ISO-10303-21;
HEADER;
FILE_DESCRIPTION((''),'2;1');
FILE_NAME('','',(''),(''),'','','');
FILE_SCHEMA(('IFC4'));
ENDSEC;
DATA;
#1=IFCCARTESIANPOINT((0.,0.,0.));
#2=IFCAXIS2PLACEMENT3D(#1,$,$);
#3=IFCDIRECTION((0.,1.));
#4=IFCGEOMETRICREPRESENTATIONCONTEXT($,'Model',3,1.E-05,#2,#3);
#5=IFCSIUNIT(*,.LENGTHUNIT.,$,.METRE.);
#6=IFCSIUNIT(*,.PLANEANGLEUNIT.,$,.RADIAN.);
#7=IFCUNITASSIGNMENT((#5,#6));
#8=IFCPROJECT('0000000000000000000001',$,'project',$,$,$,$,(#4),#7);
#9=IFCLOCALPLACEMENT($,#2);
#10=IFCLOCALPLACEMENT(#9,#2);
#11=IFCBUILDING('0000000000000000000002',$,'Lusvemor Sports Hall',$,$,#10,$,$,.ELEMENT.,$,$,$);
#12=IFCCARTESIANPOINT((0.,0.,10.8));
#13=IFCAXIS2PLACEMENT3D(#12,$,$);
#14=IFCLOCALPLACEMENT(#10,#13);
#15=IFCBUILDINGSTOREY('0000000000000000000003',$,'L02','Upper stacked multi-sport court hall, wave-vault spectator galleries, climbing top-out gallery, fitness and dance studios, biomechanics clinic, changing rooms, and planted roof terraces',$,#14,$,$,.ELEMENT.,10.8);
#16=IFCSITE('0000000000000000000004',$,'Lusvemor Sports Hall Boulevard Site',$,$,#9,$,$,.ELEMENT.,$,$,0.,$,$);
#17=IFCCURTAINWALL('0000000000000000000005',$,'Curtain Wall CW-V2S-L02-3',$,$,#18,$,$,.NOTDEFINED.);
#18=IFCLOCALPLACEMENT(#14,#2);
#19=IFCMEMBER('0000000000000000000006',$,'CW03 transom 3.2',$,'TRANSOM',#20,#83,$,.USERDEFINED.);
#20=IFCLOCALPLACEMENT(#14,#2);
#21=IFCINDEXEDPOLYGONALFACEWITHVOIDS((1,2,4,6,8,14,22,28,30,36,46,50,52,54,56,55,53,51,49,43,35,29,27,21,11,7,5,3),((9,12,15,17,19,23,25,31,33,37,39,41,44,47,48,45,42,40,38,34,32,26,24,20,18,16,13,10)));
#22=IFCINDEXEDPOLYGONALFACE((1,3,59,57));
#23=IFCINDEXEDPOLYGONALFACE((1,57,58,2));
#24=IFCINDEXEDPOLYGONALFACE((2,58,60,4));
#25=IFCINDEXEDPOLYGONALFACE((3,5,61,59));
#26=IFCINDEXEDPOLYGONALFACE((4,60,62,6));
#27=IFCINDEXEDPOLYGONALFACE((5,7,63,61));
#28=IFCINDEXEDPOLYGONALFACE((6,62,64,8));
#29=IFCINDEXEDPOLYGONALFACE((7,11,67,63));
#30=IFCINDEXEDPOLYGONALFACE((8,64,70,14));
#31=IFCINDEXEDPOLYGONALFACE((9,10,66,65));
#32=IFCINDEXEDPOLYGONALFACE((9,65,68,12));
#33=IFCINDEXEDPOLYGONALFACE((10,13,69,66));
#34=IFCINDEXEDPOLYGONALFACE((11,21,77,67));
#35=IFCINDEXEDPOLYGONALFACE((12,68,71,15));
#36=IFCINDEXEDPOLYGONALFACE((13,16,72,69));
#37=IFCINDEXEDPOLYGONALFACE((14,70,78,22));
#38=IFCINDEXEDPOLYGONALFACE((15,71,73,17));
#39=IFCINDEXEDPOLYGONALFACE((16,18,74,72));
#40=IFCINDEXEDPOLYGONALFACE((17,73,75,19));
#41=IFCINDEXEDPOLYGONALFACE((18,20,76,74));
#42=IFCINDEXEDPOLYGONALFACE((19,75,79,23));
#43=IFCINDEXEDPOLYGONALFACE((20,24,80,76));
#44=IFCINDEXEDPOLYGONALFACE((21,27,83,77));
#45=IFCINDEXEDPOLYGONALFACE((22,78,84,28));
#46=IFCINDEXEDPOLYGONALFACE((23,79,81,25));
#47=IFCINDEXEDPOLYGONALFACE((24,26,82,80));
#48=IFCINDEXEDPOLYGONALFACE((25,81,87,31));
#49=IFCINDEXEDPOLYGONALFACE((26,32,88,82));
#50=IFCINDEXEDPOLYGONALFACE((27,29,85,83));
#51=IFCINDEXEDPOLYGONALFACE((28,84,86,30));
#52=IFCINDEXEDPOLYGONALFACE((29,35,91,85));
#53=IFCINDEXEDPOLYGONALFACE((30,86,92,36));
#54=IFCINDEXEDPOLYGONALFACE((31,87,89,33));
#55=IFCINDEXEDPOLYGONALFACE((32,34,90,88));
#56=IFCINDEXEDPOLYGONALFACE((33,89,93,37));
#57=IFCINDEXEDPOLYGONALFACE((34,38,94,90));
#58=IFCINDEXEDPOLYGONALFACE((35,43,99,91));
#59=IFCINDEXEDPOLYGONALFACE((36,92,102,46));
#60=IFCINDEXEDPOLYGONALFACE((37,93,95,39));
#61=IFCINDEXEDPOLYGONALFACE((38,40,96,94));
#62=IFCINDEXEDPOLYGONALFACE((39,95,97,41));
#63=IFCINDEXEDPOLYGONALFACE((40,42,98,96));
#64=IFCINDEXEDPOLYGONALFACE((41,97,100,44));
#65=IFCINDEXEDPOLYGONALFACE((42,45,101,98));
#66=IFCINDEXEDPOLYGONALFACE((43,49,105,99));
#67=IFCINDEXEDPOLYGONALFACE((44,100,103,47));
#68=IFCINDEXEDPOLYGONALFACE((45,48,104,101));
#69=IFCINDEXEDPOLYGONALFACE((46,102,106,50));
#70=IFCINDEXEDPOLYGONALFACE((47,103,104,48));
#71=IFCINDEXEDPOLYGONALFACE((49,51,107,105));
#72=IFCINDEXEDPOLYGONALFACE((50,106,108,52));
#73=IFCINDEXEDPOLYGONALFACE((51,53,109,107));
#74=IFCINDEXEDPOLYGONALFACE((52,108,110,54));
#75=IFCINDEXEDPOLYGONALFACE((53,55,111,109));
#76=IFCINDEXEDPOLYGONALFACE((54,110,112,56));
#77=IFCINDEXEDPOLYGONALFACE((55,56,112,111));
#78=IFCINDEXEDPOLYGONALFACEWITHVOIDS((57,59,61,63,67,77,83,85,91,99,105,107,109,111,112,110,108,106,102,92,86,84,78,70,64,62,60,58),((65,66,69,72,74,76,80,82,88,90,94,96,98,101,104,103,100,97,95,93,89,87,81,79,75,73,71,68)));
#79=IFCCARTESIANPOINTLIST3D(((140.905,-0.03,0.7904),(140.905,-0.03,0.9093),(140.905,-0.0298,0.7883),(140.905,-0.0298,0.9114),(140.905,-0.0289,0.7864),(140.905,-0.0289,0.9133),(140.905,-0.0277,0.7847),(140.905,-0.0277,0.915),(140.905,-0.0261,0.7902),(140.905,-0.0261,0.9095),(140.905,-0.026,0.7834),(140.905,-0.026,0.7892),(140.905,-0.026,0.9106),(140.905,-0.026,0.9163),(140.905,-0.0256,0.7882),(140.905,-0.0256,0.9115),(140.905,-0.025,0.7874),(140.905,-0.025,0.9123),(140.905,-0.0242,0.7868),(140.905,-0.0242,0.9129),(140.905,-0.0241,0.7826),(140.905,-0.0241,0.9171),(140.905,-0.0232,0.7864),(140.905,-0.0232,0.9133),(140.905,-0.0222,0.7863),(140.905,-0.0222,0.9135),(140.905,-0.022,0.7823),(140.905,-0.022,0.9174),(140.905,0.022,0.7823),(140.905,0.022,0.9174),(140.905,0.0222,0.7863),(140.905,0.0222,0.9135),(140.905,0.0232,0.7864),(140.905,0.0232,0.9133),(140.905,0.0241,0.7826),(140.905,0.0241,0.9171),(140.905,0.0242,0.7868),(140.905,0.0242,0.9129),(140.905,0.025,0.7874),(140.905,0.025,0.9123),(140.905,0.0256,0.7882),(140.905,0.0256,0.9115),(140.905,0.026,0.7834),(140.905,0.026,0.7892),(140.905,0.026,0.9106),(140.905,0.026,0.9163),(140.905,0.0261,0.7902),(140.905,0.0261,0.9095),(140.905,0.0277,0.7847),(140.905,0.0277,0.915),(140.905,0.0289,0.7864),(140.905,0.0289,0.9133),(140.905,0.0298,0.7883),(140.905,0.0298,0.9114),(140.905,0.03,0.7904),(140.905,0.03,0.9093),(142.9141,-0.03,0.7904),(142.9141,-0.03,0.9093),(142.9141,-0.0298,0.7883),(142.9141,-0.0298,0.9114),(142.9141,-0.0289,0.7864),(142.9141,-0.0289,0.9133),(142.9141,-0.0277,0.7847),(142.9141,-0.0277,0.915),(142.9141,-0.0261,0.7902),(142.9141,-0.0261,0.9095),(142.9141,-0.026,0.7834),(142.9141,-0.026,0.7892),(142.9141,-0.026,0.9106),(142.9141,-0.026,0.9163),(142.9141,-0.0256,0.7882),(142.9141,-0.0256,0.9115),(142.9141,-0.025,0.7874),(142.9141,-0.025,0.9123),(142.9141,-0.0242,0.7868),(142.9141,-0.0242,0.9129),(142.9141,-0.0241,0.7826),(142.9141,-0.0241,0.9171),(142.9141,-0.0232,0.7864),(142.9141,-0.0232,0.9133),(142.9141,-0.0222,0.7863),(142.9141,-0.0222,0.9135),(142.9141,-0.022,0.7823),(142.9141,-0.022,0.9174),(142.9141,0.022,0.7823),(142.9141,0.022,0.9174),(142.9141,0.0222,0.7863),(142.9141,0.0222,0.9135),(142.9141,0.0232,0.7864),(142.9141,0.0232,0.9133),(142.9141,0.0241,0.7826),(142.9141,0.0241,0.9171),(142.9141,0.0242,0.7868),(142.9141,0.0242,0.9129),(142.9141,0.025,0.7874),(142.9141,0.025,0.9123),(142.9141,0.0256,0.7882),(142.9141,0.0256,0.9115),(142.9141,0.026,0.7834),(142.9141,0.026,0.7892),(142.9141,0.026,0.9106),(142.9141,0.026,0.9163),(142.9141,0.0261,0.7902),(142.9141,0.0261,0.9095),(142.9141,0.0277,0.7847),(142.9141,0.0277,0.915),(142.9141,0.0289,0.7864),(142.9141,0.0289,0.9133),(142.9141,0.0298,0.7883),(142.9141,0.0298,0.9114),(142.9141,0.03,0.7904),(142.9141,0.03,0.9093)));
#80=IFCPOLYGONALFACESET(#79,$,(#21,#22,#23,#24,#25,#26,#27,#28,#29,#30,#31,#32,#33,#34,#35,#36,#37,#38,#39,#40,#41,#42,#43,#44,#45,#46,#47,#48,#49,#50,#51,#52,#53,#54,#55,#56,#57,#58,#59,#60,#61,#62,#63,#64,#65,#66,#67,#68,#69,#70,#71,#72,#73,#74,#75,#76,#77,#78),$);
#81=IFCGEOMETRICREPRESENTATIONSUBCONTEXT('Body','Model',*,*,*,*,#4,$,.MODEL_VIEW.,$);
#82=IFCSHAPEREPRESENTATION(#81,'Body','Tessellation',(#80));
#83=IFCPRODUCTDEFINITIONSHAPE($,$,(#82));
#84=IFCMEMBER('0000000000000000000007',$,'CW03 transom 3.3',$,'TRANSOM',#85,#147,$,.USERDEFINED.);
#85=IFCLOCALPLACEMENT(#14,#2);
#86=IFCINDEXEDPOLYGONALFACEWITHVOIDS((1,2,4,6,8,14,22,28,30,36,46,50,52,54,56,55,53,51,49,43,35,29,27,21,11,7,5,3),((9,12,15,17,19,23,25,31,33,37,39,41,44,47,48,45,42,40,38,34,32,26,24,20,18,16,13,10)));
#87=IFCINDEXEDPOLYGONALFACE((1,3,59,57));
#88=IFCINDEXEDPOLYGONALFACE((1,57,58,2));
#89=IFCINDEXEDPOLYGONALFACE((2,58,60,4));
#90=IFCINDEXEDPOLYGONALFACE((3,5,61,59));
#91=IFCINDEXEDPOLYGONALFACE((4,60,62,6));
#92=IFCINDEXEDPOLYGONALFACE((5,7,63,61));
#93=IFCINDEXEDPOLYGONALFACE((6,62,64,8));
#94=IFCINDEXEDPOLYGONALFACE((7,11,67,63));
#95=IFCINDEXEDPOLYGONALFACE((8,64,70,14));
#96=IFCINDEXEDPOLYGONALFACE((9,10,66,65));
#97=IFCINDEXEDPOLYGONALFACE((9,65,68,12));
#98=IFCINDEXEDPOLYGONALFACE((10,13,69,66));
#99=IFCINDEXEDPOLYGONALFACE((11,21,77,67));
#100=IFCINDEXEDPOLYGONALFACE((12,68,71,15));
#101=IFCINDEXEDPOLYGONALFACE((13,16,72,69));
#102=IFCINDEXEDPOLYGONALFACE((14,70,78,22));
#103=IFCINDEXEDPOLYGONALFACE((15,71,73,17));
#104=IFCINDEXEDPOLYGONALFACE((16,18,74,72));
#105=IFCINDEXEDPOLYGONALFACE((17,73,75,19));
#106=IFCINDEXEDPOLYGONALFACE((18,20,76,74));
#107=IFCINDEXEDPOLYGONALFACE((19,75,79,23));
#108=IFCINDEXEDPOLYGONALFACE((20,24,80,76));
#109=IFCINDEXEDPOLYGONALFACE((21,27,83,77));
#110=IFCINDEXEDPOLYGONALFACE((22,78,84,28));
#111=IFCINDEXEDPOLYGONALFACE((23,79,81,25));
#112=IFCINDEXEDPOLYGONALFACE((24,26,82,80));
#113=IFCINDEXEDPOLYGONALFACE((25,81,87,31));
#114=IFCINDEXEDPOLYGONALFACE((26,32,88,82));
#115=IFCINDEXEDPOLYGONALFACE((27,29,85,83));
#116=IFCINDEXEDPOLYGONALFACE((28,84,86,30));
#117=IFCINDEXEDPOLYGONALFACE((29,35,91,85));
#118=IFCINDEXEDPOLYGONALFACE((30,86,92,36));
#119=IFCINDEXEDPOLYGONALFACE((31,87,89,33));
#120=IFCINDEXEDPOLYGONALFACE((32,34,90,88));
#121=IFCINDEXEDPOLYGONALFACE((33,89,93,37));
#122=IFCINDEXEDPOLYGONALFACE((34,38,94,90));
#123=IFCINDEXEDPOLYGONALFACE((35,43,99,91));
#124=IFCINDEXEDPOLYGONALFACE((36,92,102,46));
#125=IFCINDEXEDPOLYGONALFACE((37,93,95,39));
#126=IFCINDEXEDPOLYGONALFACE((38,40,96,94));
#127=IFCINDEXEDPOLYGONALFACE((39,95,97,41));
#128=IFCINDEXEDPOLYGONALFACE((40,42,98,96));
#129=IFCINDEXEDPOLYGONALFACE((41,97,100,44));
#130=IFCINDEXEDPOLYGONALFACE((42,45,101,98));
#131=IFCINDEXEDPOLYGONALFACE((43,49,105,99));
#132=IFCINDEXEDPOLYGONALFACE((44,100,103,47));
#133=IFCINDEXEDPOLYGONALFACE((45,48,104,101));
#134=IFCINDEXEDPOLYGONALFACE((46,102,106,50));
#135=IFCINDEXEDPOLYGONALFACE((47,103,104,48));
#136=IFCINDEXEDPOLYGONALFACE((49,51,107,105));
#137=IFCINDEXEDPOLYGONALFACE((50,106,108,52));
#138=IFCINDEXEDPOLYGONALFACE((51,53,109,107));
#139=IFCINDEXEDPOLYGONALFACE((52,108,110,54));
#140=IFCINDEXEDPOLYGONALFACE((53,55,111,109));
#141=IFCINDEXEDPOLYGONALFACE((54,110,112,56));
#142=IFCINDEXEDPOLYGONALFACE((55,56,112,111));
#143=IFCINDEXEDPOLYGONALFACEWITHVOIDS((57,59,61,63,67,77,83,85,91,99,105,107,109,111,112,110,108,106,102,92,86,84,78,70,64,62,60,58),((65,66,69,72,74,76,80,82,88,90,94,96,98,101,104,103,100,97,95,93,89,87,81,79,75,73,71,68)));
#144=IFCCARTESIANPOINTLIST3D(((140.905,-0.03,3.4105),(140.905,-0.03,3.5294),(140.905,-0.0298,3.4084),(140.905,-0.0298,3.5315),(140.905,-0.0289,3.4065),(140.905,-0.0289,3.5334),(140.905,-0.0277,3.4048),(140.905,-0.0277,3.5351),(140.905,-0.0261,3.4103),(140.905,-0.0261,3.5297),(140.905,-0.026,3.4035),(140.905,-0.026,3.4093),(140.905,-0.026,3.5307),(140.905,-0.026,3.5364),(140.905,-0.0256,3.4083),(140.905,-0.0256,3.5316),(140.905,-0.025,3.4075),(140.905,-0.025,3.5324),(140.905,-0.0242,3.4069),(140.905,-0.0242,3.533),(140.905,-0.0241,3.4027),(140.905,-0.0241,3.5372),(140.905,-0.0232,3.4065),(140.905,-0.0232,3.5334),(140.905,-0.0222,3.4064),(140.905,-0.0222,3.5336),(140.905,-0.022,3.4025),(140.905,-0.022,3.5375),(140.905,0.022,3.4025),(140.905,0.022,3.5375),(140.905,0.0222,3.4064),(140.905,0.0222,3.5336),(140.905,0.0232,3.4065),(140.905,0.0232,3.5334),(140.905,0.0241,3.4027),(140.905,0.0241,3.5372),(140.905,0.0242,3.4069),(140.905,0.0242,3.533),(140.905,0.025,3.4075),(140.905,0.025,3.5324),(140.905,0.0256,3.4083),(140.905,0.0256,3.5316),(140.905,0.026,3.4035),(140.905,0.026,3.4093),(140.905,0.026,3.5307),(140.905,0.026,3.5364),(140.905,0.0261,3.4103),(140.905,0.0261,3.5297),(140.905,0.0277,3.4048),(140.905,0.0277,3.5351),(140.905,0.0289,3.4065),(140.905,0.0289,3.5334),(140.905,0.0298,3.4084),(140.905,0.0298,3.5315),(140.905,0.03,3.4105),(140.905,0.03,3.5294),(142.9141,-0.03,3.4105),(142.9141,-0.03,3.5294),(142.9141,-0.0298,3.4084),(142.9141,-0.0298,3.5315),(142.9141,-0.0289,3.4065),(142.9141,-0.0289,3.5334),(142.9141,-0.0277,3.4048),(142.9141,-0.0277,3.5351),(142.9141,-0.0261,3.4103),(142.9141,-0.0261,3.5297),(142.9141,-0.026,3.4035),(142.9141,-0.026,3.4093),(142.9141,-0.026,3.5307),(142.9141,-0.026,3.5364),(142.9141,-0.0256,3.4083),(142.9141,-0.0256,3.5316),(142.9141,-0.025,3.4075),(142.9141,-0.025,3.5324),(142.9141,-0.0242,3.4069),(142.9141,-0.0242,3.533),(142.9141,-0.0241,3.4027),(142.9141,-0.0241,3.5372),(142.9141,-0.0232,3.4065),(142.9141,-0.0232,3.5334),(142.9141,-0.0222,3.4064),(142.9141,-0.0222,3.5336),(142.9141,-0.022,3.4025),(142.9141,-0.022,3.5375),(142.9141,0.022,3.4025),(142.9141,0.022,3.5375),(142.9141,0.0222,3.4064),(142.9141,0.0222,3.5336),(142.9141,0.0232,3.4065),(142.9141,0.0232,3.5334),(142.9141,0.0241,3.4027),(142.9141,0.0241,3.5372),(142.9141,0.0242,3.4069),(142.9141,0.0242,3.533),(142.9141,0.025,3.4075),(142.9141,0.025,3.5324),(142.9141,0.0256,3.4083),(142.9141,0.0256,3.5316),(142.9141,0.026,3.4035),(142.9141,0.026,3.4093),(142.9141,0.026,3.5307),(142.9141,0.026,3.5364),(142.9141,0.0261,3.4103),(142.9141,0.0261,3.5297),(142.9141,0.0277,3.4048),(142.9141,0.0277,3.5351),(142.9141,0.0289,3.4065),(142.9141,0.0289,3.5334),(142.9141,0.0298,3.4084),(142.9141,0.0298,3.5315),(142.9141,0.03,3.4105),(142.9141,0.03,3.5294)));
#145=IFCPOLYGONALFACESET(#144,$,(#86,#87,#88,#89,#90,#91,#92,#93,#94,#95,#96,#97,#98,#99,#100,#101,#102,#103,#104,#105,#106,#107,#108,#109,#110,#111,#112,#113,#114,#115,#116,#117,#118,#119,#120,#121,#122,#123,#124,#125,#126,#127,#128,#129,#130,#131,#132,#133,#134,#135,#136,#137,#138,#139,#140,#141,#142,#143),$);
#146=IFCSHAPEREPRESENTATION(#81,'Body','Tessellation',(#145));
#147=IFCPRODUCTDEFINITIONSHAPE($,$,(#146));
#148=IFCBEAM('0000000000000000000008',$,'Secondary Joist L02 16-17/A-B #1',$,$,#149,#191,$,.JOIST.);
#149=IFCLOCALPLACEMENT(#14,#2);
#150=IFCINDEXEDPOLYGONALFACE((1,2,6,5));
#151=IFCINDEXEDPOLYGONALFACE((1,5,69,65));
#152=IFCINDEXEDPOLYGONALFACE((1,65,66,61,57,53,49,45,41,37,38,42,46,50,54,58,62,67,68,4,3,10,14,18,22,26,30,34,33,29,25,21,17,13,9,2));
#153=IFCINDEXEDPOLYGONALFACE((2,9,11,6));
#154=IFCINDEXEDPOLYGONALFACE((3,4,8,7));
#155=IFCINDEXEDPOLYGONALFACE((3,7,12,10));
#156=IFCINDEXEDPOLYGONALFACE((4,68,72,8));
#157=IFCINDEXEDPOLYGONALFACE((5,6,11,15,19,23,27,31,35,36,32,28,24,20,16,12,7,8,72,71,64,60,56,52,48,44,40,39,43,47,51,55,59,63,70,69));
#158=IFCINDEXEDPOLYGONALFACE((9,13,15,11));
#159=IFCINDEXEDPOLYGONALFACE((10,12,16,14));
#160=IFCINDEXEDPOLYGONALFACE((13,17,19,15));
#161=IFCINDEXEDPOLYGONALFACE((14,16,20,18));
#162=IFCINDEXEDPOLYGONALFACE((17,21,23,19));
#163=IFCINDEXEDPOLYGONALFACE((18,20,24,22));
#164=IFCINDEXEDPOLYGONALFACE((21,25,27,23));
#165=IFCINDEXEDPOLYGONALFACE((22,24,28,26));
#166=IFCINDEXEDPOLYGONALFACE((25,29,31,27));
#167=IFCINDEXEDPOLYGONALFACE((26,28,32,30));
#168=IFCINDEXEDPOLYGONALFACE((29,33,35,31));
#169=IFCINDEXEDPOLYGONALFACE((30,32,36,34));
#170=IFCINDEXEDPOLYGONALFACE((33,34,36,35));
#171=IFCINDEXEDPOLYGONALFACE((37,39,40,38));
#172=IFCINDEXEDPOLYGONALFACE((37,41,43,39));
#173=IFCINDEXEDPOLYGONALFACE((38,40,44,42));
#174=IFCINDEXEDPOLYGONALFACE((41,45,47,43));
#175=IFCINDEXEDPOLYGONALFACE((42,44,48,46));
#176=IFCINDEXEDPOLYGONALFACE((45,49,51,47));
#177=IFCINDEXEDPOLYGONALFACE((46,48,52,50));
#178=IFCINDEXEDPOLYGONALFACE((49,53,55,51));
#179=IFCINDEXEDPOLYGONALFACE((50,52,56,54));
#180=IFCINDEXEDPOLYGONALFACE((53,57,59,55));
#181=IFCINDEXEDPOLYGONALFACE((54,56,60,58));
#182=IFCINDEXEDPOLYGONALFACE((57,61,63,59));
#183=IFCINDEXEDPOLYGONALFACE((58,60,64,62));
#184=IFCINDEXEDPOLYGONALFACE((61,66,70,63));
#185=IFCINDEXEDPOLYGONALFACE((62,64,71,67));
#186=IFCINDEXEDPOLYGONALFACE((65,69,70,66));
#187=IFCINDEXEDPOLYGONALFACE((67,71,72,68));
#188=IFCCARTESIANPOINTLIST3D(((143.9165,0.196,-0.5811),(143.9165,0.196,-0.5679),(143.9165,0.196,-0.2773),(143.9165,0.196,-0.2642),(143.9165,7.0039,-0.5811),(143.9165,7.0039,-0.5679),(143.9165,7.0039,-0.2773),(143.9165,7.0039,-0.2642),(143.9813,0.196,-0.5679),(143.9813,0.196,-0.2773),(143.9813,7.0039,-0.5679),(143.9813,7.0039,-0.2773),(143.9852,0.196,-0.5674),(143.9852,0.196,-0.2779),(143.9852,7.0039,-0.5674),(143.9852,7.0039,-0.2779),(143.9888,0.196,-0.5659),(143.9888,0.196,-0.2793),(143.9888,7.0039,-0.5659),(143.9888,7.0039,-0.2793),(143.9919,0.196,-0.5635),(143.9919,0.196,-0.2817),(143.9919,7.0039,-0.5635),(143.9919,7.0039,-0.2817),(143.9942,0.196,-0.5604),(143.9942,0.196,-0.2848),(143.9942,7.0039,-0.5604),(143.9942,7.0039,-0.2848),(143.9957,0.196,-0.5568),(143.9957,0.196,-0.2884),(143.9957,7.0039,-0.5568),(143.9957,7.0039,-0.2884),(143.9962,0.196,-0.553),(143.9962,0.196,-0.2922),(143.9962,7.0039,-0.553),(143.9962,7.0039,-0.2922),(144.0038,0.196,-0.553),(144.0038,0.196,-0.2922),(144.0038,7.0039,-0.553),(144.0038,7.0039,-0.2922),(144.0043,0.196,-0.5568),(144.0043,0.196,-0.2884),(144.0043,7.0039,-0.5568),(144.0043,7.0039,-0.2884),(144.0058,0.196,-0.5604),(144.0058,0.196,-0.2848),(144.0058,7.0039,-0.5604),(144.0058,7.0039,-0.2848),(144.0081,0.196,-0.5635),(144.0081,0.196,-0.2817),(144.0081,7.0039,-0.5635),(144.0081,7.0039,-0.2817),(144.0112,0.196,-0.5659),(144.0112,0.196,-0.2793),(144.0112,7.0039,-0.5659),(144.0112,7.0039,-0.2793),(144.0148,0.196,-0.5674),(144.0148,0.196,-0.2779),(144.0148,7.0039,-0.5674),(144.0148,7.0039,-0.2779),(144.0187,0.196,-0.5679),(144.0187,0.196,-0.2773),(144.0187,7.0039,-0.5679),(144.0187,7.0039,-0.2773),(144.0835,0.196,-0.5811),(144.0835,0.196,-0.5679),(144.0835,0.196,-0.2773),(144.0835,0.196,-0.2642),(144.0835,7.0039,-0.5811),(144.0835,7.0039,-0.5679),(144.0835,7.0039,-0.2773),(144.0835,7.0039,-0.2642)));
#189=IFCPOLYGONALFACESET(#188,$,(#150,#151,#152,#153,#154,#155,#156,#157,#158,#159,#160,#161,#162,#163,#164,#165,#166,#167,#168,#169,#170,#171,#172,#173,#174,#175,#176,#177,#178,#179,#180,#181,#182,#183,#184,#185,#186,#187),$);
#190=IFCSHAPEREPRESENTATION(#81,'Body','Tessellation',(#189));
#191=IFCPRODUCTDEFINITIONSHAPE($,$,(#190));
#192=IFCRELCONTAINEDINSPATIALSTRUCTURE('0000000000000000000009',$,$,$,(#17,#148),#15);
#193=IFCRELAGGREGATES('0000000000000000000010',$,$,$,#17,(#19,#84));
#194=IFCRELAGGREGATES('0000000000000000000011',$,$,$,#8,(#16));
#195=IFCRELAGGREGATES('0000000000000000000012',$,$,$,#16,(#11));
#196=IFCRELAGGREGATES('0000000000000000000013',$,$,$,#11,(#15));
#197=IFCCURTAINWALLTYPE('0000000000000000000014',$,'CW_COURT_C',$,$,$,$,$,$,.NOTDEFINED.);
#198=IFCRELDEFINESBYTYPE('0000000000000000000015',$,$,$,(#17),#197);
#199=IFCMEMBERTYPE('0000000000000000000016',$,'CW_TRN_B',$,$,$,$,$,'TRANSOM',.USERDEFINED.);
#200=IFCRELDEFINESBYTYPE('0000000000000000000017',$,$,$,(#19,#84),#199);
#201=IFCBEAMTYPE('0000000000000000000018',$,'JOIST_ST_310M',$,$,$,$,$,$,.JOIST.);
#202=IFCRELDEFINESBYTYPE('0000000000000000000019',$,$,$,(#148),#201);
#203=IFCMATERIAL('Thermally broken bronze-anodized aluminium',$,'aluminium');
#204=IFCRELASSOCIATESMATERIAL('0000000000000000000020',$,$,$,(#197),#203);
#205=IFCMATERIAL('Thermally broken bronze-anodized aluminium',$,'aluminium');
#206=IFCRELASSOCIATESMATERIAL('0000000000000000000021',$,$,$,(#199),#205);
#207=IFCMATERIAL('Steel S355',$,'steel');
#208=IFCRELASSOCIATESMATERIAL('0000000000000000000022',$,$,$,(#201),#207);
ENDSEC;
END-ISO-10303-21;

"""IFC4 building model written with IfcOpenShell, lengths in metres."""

from ifc_helpers import new_model, si_unit, direction, frame, origin, origin_2d, place, context, subcontext, project, spatial, hollow_rectangle, i_section, extrude, material, material_profile, profile_set, type_object, element, aggregate, save


model = new_model("IFC4")

# Units and contexts
model_context = context("Model", 3, precision=1e-05, world=origin(), true_north=direction((0.0, 1.0)))
body_context = subcontext(model_context, "Body", "Model", "MODEL_VIEW")
ifc_project = project(units=[si_unit("LENGTHUNIT", "METRE"), si_unit("PLANEANGLEUNIT", "RADIAN")], contexts=[model_context])

# Site, building, storey
site_placement = place(None, origin())
site = spatial("IfcSite", under=ifc_project, at=site_placement, Name="Lusvemor Sports Hall Boulevard Site", CompositionType="ELEMENT", RefElevation=0.0)
building_placement = place(site_placement, origin())
building = spatial("IfcBuilding", under=site, at=building_placement, Name="Lusvemor Sports Hall", CompositionType="ELEMENT")
storey_placement = place(building_placement, frame((0.0, 0.0, 10.8)))
storey = spatial("IfcBuildingStorey", under=building, at=storey_placement, Name="L02", Description="Upper stacked multi-sport court hall, wave-vault spectator galleries, climbing top-out gallery, fitness and dance studios, biomechanics clinic, changing rooms, and planted roof terraces", CompositionType="ELEMENT", Elevation=10.8)

# Curtain wall, members
ifc_material_1 = material(Name="Thermally broken bronze-anodized aluminium", Category="aluminium")
curtain_wall_type = type_object("IfcCurtainWallType", Name="CW_COURT_C", PredefinedType="NOTDEFINED", material=ifc_material_1)
curtain_wall_placement = place(storey_placement, origin())
curtain_wall = element("IfcCurtainWall", 1, at=curtain_wall_placement, inside=storey, type_object=curtain_wall_type, Name="Curtain Wall CW-V2S-L02-3", PredefinedType="NOTDEFINED")
ifc_material_2 = material(Name="Thermally broken bronze-anodized aluminium", Category="aluminium")
ifc_material_profile_1 = material_profile(ifc_material_2, hollow_rectangle(XDim=0.0601, YDim=0.135, WallThickness=0.0039, InnerFilletRadius=0.0039, OuterFilletRadius=0.0081, at=origin_2d()), Name="CWTRN135x60x4")
ifc_profile_set_1 = profile_set([ifc_material_profile_1], Name="Thermally broken bronze-anodized aluminium")
member_type_1 = type_object("IfcMemberType", Name="CW_TRN_B", ElementType="TRANSOM", PredefinedType="USERDEFINED", material=ifc_profile_set_1)
member_1_placement = place(storey_placement, frame((142.9141, 0.0, 0.8499), z_axis=(-1.0, 0.0, 0.0), x_axis=(0.0, -1.0, 0.0)))
member_1 = element("IfcMember", 2, at=member_1_placement, type_object=member_type_1, Name="CW03 transom 3.2", ObjectType="TRANSOM", PredefinedType="USERDEFINED", context=body_context, shape_type="SweptSolid", body=[
    extrude(hollow_rectangle(XDim=0.0601, YDim=0.135, WallThickness=0.0039, InnerFilletRadius=0.0039, OuterFilletRadius=0.0081, at=origin_2d()), origin(), (0.0, 0.0, 1.0), 2.009),
])
member_2_placement = place(storey_placement, frame((142.9141, 0.0, 3.47), z_axis=(-1.0, 0.0, 0.0), x_axis=(0.0, -1.0, 0.0)))
member_2 = element("IfcMember", 3, at=member_2_placement, type_object=member_type_1, Name="CW03 transom 3.3", ObjectType="TRANSOM", PredefinedType="USERDEFINED", context=body_context, shape_type="SweptSolid", body=[
    extrude(hollow_rectangle(XDim=0.0601, YDim=0.135, WallThickness=0.0039, InnerFilletRadius=0.0039, OuterFilletRadius=0.0081, at=origin_2d()), origin(), (0.0, 0.0, 1.0), 2.009),
])

# Beam
ifc_material_3 = material(Name="Steel S355", Category="steel")
ifc_material_profile_2 = material_profile(ifc_material_3, i_section(OverallWidth=0.167, OverallDepth=0.3169, WebThickness=0.0076, FlangeThickness=0.0132, FilletRadius=0.0149, at=origin_2d()), Name="W310x52.0")
ifc_profile_set_2 = profile_set([ifc_material_profile_2], Name="Steel S355")
beam_type = type_object("IfcBeamType", Name="JOIST_ST_310M", PredefinedType="JOIST", material=ifc_profile_set_2)
beam_placement = place(storey_placement, frame((144.0, 0.196, -0.4226), z_axis=(0.0, 1.0, 0.0), x_axis=(-1.0, 0.0, 0.0)))
element("IfcBeam", 4, at=beam_placement, inside=storey, type_object=beam_type, Name="Secondary Joist L02 16-17/A-B #1", PredefinedType="JOIST", context=body_context, shape_type="SweptSolid", body=[
    extrude(i_section(OverallWidth=0.167, OverallDepth=0.3169, WebThickness=0.0076, FlangeThickness=0.0132, FilletRadius=0.0149, at=origin_2d()), origin(), (0.0, 0.0, 1.0), 6.8079),
])

aggregate(curtain_wall, [member_1, member_2])

save(model, "model.ifc")
